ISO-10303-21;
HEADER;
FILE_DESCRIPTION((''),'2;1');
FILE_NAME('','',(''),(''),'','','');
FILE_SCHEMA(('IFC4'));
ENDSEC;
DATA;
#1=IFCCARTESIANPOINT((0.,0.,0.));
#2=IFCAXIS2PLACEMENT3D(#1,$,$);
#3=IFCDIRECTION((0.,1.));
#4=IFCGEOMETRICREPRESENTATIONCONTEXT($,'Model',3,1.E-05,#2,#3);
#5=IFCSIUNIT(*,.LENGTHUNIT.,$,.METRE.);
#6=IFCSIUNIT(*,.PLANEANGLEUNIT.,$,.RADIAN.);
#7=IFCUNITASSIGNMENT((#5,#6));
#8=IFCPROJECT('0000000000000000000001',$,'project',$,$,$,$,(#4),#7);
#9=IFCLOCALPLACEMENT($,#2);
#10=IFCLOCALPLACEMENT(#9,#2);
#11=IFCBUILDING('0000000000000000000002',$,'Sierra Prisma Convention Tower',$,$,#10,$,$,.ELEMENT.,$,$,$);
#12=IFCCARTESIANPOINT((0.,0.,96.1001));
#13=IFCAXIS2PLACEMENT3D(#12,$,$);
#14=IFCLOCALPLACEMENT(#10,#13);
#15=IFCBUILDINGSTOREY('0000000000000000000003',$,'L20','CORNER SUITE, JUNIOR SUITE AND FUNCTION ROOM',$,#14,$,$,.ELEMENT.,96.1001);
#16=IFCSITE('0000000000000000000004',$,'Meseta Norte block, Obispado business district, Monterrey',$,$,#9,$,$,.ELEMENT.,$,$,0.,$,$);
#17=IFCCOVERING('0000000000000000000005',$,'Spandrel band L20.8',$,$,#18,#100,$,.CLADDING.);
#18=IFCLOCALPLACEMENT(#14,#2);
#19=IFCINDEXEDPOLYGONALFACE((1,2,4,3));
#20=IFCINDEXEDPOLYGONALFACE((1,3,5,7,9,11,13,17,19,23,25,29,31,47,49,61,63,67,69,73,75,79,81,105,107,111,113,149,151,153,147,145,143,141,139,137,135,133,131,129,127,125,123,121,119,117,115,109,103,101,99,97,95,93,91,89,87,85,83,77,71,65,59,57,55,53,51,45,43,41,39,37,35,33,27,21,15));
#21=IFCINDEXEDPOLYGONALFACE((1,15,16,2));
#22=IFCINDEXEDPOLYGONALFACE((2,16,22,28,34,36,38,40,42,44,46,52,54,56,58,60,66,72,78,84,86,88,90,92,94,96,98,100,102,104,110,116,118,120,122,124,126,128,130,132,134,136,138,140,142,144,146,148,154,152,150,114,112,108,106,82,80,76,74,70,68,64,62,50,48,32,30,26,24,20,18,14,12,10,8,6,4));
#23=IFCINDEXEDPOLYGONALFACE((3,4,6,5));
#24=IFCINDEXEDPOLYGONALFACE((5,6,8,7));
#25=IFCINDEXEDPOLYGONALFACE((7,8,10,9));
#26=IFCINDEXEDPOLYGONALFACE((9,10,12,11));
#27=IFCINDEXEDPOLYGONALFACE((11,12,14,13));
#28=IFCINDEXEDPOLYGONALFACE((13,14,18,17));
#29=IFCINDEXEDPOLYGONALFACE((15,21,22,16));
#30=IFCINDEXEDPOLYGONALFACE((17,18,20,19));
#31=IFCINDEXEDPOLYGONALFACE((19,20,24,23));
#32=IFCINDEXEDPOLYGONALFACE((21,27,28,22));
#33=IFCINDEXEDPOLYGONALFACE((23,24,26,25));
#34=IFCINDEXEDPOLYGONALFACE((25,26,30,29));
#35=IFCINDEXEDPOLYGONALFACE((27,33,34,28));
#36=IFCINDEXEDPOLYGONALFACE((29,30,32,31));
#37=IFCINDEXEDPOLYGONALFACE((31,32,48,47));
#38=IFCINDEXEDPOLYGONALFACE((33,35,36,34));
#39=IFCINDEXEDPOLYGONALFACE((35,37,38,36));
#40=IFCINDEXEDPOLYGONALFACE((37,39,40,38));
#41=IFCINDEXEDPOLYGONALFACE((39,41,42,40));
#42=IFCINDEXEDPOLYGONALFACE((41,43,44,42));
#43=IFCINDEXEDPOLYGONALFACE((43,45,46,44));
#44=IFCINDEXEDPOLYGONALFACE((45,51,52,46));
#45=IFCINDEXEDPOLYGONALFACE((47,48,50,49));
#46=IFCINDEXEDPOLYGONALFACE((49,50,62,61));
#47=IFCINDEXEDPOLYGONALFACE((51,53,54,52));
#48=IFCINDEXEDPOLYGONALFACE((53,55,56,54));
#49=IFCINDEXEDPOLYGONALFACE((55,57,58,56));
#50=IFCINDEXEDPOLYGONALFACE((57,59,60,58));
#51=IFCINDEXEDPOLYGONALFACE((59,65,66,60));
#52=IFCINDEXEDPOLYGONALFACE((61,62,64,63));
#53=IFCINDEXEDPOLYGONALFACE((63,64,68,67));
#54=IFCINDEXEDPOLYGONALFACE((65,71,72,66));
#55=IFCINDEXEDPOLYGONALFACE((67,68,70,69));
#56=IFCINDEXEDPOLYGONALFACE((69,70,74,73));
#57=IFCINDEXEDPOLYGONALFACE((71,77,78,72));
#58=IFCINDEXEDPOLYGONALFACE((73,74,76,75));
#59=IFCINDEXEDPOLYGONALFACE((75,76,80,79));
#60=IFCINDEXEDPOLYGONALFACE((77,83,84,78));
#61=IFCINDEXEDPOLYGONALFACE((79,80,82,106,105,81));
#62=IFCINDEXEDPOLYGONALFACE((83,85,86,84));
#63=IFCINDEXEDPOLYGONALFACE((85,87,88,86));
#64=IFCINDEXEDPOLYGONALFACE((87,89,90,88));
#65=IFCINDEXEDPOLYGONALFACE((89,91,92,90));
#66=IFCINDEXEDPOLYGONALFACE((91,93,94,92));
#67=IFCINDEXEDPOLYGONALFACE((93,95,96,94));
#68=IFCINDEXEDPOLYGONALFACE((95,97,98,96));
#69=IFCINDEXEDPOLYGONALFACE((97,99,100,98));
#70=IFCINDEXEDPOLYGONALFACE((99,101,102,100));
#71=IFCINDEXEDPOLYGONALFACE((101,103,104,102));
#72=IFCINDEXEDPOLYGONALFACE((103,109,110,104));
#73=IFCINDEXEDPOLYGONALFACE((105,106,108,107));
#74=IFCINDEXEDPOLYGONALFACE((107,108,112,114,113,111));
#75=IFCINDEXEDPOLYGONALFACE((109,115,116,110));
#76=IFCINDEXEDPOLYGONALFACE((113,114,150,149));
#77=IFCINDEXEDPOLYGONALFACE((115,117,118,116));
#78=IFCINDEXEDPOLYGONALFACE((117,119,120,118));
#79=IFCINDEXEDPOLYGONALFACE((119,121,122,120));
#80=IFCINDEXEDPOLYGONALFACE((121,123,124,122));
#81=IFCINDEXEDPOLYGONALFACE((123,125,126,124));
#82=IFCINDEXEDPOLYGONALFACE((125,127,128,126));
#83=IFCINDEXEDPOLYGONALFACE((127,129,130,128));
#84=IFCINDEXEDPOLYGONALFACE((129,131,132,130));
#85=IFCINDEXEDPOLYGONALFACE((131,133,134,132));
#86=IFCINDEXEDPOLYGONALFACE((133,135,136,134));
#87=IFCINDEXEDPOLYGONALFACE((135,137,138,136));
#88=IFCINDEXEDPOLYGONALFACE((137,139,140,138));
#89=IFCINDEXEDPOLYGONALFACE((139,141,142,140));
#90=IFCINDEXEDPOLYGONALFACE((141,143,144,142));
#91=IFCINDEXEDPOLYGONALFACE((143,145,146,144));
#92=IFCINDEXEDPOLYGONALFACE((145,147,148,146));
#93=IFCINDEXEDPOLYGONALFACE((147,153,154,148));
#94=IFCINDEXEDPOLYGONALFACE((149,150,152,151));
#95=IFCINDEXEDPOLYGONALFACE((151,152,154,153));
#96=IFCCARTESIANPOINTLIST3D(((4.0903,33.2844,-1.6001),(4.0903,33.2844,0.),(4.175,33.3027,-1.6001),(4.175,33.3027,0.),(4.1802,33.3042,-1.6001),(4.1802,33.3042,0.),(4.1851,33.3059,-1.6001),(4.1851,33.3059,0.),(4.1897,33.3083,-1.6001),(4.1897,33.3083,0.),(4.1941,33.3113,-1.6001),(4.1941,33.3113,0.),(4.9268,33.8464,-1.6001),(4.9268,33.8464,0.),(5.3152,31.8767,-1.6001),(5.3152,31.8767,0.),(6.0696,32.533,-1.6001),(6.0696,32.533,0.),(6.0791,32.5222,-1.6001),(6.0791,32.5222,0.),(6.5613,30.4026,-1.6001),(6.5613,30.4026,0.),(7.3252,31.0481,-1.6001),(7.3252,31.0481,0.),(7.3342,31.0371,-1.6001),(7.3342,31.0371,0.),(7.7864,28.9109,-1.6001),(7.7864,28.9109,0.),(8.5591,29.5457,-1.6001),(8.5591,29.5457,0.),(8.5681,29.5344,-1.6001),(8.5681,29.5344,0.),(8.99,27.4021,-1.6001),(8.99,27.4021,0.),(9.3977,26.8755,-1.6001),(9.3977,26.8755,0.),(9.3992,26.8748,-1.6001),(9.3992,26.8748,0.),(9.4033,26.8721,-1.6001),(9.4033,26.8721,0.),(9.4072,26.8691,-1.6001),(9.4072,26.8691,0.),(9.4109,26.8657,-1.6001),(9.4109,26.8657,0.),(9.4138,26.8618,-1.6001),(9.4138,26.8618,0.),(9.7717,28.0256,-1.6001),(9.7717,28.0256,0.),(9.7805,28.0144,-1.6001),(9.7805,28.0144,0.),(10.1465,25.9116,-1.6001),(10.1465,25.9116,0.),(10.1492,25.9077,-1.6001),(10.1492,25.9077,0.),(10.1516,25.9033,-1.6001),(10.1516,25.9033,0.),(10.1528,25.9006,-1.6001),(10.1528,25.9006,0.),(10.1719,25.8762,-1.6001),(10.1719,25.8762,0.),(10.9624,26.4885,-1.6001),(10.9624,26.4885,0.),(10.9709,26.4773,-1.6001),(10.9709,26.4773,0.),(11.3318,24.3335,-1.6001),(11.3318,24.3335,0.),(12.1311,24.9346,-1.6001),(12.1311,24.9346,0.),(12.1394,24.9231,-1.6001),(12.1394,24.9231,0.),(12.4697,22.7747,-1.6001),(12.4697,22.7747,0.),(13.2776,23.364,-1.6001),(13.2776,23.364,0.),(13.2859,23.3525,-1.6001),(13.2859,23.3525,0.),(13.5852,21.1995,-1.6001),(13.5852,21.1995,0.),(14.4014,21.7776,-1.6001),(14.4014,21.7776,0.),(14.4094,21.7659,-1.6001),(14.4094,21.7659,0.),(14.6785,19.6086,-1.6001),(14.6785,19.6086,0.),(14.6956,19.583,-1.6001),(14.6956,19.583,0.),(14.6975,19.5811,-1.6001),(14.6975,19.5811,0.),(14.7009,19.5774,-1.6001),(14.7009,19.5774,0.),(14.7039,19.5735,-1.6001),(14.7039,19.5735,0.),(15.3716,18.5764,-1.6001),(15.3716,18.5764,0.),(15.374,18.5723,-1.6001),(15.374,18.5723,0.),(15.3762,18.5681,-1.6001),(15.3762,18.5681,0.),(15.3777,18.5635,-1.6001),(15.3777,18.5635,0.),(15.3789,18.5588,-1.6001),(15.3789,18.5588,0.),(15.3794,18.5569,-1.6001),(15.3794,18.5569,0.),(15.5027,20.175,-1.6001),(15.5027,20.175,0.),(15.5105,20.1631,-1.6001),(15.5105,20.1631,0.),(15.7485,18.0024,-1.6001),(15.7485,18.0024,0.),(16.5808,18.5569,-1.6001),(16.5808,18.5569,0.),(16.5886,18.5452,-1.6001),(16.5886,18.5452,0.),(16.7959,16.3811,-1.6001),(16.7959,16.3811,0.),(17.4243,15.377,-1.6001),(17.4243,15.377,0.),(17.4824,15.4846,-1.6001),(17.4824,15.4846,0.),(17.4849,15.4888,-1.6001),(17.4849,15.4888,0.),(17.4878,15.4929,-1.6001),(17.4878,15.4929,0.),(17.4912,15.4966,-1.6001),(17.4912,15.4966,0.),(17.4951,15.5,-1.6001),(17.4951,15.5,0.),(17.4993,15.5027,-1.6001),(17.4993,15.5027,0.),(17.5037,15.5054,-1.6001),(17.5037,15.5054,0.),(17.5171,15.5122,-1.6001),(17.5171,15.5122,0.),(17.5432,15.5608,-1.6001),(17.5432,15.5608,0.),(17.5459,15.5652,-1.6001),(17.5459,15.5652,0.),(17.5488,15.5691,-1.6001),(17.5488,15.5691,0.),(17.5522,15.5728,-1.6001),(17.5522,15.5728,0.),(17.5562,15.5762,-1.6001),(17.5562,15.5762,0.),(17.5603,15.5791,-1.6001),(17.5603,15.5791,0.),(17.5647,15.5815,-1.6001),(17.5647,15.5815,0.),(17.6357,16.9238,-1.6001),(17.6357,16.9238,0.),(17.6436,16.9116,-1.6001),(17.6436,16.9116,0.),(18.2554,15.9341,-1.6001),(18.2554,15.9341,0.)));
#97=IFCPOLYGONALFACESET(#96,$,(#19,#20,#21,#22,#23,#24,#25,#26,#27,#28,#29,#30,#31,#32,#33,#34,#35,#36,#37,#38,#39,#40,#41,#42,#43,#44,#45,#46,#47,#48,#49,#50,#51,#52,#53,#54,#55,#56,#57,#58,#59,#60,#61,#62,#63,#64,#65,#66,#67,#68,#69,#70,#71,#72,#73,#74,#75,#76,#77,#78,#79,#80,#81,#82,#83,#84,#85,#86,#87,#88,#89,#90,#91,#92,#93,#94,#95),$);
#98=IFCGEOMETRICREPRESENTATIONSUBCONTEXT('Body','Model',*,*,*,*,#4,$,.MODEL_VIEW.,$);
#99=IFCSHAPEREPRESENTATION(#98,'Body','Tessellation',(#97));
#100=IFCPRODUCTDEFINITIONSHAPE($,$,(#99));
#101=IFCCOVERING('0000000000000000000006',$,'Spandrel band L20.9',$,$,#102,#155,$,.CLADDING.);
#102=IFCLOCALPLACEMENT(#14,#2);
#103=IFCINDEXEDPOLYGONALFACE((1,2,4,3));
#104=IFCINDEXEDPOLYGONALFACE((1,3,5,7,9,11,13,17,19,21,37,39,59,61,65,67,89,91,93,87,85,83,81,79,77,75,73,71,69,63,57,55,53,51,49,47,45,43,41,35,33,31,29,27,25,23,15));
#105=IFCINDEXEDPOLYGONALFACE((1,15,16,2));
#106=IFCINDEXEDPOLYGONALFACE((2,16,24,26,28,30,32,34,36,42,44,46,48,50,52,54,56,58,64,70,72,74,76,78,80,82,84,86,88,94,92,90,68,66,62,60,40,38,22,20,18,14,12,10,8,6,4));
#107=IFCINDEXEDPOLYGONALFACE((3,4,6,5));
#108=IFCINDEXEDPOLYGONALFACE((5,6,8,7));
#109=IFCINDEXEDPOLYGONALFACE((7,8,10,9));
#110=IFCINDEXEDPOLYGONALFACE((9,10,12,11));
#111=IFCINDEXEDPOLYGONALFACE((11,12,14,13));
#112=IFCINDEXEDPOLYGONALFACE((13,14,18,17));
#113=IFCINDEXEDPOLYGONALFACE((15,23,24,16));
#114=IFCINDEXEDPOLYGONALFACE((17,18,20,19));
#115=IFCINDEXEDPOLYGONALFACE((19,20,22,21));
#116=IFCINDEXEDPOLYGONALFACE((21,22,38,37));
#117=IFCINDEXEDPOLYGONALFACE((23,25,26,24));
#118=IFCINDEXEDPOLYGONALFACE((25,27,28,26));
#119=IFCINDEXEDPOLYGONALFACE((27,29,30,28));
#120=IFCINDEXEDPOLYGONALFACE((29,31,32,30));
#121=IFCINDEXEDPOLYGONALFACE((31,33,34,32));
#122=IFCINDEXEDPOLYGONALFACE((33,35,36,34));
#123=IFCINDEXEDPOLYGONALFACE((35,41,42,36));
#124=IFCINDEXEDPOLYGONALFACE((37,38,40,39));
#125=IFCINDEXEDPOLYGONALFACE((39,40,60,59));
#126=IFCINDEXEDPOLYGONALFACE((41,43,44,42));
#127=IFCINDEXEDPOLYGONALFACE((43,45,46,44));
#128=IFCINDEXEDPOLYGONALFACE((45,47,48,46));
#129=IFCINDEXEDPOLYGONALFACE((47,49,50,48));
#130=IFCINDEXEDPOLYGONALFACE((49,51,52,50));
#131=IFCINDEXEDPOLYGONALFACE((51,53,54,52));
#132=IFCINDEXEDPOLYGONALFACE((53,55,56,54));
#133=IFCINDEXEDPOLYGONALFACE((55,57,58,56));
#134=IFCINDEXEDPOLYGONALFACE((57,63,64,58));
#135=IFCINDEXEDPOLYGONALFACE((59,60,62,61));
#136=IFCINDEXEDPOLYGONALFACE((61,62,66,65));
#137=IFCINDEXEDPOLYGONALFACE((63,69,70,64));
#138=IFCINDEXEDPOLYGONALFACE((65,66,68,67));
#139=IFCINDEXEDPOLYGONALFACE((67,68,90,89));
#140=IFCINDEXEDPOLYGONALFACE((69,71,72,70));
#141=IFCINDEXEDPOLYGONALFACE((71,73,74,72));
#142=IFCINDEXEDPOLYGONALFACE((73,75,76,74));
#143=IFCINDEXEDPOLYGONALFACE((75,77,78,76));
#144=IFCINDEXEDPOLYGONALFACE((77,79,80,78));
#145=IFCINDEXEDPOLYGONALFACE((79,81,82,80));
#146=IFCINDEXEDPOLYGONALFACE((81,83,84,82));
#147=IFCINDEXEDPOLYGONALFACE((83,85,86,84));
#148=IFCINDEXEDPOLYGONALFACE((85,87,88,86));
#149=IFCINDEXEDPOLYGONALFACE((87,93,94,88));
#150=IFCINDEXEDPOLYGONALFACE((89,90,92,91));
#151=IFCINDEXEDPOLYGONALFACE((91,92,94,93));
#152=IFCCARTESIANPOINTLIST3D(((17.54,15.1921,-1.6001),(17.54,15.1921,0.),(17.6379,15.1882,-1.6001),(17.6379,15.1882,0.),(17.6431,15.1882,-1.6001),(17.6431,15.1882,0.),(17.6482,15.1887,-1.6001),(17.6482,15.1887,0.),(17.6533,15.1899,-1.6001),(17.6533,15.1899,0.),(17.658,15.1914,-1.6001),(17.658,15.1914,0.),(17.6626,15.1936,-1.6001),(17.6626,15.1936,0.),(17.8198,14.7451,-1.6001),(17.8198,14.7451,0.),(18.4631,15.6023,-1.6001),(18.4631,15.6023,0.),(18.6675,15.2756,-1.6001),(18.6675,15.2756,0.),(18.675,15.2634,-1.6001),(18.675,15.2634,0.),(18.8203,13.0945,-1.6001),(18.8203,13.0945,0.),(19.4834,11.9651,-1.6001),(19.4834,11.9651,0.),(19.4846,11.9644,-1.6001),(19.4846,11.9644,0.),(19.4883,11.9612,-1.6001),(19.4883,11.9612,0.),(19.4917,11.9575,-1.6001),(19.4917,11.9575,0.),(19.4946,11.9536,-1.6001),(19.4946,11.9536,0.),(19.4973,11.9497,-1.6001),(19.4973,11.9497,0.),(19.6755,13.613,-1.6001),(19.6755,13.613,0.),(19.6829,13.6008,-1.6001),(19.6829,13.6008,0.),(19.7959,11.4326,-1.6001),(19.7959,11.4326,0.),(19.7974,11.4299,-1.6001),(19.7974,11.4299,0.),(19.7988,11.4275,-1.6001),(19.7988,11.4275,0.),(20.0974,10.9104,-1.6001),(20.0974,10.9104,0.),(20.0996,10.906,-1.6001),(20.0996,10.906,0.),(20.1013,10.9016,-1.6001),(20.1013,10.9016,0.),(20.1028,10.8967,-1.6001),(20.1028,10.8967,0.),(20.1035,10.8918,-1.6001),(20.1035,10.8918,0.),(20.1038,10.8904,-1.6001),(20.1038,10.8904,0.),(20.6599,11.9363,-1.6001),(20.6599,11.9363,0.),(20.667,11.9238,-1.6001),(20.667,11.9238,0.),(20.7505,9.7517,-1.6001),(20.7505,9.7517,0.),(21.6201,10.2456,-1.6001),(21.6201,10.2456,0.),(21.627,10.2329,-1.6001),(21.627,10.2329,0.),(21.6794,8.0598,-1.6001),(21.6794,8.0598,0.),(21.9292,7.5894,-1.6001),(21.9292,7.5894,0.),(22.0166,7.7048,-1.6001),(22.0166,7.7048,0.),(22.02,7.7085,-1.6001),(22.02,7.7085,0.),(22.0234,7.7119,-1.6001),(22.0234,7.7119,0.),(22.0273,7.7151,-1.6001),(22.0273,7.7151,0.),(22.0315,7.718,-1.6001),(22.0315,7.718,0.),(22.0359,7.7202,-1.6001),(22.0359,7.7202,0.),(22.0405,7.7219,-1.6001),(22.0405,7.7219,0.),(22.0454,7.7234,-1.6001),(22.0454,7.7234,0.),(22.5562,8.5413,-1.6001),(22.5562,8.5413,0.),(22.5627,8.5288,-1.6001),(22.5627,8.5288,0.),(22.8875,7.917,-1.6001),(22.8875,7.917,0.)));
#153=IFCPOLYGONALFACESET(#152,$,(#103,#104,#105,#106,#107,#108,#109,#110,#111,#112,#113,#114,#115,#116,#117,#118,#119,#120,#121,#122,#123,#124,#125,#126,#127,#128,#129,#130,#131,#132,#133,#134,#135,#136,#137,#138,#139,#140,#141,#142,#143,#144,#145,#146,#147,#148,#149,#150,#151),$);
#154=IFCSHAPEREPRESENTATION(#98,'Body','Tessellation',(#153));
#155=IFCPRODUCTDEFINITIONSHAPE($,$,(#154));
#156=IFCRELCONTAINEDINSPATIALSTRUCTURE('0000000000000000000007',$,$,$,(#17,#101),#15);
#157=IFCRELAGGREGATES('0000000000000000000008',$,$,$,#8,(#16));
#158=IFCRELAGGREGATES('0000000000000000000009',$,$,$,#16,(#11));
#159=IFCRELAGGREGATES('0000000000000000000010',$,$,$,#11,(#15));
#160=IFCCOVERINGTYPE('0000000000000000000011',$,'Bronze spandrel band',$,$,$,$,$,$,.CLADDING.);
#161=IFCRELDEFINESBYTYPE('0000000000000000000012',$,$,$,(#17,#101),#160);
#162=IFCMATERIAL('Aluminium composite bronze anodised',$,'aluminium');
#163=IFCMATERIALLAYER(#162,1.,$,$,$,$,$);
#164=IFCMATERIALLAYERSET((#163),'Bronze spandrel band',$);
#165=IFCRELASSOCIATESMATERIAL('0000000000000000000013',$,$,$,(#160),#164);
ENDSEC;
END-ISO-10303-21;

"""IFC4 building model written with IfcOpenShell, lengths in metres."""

from ifc_helpers import new_model, si_unit, direction, frame, origin, place, context, subcontext, project, spatial, polyline, outline, extrude, material, layer, layer_set, type_object, element, save


model = new_model("IFC4")

# Units and contexts
model_context = context("Model", 3, precision=1e-05, world=origin(), true_north=direction((0.0, 1.0)))
body_context = subcontext(model_context, "Body", "Model", "MODEL_VIEW")
ifc_project = project(units=[si_unit("LENGTHUNIT", "METRE"), si_unit("PLANEANGLEUNIT", "RADIAN")], contexts=[model_context])

# Site, building, storey
site_placement = place(None, origin())
site = spatial("IfcSite", under=ifc_project, at=site_placement, Name="Meseta Norte block, Obispado business district, Monterrey", CompositionType="ELEMENT", RefElevation=0.0)
building_placement = place(site_placement, origin())
building = spatial("IfcBuilding", under=site, at=building_placement, Name="Sierra Prisma Convention Tower", CompositionType="ELEMENT")
storey_placement = place(building_placement, frame((0.0, 0.0, 96.1001)))
storey = spatial("IfcBuildingStorey", under=building, at=storey_placement, Name="L20", Description="CORNER SUITE, JUNIOR SUITE AND FUNCTION ROOM", CompositionType="ELEMENT", Elevation=96.1001)

# Coverings
ifc_material_1 = material(Name="Aluminium composite bronze anodised", Category="aluminium")
ifc_layer_1 = layer(ifc_material_1, 1.0)
ifc_layer_set_1 = layer_set([ifc_layer_1], Name="Bronze spandrel band")
covering_type_1 = type_object("IfcCoveringType", Name="Bronze spandrel band", PredefinedType="CLADDING", material=ifc_layer_set_1)
covering_1_placement = place(storey_placement, frame((0.0, 0.0, -1.6001)))
element("IfcCovering", 1, at=covering_1_placement, inside=storey, type_object=covering_type_1, Name="Spandrel band L20.8", PredefinedType="CLADDING", context=body_context, shape_type="SweptSolid", body=[
    extrude(outline(polyline([(17.6357, 16.9238), (17.6436, 16.9116), (18.2554, 15.9341), (17.5647, 15.5815), (17.5603, 15.5791), (17.5562, 15.5762), (17.5522, 15.5728), (17.5488, 15.5691), (17.5459, 15.5652), (17.5432, 15.5608), (17.5171, 15.5122), (17.5037, 15.5054), (17.4993, 15.5027), (17.4951, 15.5), (17.4912, 15.4966), (17.4878, 15.4929), (17.4849, 15.4888), (17.4824, 15.4846), (17.4243, 15.377), (16.7959, 16.3811), (15.7485, 18.0024), (15.3794, 18.5569), (15.3789, 18.5588), (15.3777, 18.5635), (15.3762, 18.5681), (15.374, 18.5723), (15.3716, 18.5764), (14.7039, 19.5735), (14.7009, 19.5774), (14.6975, 19.5811), (14.6956, 19.583), (14.6785, 19.6086), (13.5852, 21.1995), (12.4697, 22.7747), (11.3318, 24.3335), (10.1719, 25.8762), (10.1528, 25.9006), (10.1516, 25.9033), (10.1492, 25.9077), (10.1465, 25.9116), (9.4138, 26.8618), (9.4109, 26.8657), (9.4072, 26.8691), (9.4033, 26.8721), (9.3992, 26.8748), (9.3977, 26.8755), (8.99, 27.4021), (7.7864, 28.9109), (6.5613, 30.4026), (5.3152, 31.8767), (4.0903, 33.2844), (4.175, 33.3027), (4.1802, 33.3042), (4.1851, 33.3059), (4.1897, 33.3083), (4.1941, 33.3113), (4.9268, 33.8464), (6.0696, 32.533), (6.0791, 32.5222), (7.3252, 31.0481), (7.3342, 31.0371), (8.5591, 29.5457), (8.5681, 29.5344), (9.7717, 28.0256), (9.7805, 28.0144), (10.9624, 26.4885), (10.9709, 26.4773), (12.1311, 24.9346), (12.1394, 24.9231), (13.2776, 23.364), (13.2859, 23.3525), (14.4014, 21.7776), (14.4094, 21.7659), (15.5027, 20.175), (15.5105, 20.1631), (16.5808, 18.5569), (16.5886, 18.5452), (17.6357, 16.9238)])), origin(), (0.0, 0.0, 1.0), 1.6001),
])
covering_2_placement = place(storey_placement, frame((0.0, 0.0, -1.6001)))
element("IfcCovering", 2, at=covering_2_placement, inside=storey, type_object=covering_type_1, Name="Spandrel band L20.9", PredefinedType="CLADDING", context=body_context, shape_type="SweptSolid", body=[
    extrude(outline(polyline([(20.7505, 9.7517), (20.1038, 10.8904), (20.1035, 10.8918), (20.1028, 10.8967), (20.1013, 10.9016), (20.0996, 10.906), (20.0974, 10.9104), (19.7988, 11.4275), (19.7974, 11.4299), (19.7959, 11.4326), (19.4973, 11.9497), (19.4946, 11.9536), (19.4917, 11.9575), (19.4883, 11.9612), (19.4846, 11.9644), (19.4834, 11.9651), (18.8203, 13.0945), (17.8198, 14.7451), (17.54, 15.1921), (17.6379, 15.1882), (17.6431, 15.1882), (17.6482, 15.1887), (17.6533, 15.1899), (17.658, 15.1914), (17.6626, 15.1936), (18.4631, 15.6023), (18.6675, 15.2756), (18.675, 15.2634), (19.6755, 13.613), (19.6829, 13.6008), (20.6599, 11.9363), (20.667, 11.9238), (21.6201, 10.2456), (21.627, 10.2329), (22.5562, 8.5413), (22.5627, 8.5288), (22.8875, 7.917), (22.0454, 7.7234), (22.0405, 7.7219), (22.0359, 7.7202), (22.0315, 7.718), (22.0273, 7.7151), (22.0234, 7.7119), (22.02, 7.7085), (22.0166, 7.7048), (21.9292, 7.5894), (21.6794, 8.0598), (20.7505, 9.7517)])), origin(), (0.0, 0.0, 1.0), 1.6001),
])

save(model, "model.ifc")
